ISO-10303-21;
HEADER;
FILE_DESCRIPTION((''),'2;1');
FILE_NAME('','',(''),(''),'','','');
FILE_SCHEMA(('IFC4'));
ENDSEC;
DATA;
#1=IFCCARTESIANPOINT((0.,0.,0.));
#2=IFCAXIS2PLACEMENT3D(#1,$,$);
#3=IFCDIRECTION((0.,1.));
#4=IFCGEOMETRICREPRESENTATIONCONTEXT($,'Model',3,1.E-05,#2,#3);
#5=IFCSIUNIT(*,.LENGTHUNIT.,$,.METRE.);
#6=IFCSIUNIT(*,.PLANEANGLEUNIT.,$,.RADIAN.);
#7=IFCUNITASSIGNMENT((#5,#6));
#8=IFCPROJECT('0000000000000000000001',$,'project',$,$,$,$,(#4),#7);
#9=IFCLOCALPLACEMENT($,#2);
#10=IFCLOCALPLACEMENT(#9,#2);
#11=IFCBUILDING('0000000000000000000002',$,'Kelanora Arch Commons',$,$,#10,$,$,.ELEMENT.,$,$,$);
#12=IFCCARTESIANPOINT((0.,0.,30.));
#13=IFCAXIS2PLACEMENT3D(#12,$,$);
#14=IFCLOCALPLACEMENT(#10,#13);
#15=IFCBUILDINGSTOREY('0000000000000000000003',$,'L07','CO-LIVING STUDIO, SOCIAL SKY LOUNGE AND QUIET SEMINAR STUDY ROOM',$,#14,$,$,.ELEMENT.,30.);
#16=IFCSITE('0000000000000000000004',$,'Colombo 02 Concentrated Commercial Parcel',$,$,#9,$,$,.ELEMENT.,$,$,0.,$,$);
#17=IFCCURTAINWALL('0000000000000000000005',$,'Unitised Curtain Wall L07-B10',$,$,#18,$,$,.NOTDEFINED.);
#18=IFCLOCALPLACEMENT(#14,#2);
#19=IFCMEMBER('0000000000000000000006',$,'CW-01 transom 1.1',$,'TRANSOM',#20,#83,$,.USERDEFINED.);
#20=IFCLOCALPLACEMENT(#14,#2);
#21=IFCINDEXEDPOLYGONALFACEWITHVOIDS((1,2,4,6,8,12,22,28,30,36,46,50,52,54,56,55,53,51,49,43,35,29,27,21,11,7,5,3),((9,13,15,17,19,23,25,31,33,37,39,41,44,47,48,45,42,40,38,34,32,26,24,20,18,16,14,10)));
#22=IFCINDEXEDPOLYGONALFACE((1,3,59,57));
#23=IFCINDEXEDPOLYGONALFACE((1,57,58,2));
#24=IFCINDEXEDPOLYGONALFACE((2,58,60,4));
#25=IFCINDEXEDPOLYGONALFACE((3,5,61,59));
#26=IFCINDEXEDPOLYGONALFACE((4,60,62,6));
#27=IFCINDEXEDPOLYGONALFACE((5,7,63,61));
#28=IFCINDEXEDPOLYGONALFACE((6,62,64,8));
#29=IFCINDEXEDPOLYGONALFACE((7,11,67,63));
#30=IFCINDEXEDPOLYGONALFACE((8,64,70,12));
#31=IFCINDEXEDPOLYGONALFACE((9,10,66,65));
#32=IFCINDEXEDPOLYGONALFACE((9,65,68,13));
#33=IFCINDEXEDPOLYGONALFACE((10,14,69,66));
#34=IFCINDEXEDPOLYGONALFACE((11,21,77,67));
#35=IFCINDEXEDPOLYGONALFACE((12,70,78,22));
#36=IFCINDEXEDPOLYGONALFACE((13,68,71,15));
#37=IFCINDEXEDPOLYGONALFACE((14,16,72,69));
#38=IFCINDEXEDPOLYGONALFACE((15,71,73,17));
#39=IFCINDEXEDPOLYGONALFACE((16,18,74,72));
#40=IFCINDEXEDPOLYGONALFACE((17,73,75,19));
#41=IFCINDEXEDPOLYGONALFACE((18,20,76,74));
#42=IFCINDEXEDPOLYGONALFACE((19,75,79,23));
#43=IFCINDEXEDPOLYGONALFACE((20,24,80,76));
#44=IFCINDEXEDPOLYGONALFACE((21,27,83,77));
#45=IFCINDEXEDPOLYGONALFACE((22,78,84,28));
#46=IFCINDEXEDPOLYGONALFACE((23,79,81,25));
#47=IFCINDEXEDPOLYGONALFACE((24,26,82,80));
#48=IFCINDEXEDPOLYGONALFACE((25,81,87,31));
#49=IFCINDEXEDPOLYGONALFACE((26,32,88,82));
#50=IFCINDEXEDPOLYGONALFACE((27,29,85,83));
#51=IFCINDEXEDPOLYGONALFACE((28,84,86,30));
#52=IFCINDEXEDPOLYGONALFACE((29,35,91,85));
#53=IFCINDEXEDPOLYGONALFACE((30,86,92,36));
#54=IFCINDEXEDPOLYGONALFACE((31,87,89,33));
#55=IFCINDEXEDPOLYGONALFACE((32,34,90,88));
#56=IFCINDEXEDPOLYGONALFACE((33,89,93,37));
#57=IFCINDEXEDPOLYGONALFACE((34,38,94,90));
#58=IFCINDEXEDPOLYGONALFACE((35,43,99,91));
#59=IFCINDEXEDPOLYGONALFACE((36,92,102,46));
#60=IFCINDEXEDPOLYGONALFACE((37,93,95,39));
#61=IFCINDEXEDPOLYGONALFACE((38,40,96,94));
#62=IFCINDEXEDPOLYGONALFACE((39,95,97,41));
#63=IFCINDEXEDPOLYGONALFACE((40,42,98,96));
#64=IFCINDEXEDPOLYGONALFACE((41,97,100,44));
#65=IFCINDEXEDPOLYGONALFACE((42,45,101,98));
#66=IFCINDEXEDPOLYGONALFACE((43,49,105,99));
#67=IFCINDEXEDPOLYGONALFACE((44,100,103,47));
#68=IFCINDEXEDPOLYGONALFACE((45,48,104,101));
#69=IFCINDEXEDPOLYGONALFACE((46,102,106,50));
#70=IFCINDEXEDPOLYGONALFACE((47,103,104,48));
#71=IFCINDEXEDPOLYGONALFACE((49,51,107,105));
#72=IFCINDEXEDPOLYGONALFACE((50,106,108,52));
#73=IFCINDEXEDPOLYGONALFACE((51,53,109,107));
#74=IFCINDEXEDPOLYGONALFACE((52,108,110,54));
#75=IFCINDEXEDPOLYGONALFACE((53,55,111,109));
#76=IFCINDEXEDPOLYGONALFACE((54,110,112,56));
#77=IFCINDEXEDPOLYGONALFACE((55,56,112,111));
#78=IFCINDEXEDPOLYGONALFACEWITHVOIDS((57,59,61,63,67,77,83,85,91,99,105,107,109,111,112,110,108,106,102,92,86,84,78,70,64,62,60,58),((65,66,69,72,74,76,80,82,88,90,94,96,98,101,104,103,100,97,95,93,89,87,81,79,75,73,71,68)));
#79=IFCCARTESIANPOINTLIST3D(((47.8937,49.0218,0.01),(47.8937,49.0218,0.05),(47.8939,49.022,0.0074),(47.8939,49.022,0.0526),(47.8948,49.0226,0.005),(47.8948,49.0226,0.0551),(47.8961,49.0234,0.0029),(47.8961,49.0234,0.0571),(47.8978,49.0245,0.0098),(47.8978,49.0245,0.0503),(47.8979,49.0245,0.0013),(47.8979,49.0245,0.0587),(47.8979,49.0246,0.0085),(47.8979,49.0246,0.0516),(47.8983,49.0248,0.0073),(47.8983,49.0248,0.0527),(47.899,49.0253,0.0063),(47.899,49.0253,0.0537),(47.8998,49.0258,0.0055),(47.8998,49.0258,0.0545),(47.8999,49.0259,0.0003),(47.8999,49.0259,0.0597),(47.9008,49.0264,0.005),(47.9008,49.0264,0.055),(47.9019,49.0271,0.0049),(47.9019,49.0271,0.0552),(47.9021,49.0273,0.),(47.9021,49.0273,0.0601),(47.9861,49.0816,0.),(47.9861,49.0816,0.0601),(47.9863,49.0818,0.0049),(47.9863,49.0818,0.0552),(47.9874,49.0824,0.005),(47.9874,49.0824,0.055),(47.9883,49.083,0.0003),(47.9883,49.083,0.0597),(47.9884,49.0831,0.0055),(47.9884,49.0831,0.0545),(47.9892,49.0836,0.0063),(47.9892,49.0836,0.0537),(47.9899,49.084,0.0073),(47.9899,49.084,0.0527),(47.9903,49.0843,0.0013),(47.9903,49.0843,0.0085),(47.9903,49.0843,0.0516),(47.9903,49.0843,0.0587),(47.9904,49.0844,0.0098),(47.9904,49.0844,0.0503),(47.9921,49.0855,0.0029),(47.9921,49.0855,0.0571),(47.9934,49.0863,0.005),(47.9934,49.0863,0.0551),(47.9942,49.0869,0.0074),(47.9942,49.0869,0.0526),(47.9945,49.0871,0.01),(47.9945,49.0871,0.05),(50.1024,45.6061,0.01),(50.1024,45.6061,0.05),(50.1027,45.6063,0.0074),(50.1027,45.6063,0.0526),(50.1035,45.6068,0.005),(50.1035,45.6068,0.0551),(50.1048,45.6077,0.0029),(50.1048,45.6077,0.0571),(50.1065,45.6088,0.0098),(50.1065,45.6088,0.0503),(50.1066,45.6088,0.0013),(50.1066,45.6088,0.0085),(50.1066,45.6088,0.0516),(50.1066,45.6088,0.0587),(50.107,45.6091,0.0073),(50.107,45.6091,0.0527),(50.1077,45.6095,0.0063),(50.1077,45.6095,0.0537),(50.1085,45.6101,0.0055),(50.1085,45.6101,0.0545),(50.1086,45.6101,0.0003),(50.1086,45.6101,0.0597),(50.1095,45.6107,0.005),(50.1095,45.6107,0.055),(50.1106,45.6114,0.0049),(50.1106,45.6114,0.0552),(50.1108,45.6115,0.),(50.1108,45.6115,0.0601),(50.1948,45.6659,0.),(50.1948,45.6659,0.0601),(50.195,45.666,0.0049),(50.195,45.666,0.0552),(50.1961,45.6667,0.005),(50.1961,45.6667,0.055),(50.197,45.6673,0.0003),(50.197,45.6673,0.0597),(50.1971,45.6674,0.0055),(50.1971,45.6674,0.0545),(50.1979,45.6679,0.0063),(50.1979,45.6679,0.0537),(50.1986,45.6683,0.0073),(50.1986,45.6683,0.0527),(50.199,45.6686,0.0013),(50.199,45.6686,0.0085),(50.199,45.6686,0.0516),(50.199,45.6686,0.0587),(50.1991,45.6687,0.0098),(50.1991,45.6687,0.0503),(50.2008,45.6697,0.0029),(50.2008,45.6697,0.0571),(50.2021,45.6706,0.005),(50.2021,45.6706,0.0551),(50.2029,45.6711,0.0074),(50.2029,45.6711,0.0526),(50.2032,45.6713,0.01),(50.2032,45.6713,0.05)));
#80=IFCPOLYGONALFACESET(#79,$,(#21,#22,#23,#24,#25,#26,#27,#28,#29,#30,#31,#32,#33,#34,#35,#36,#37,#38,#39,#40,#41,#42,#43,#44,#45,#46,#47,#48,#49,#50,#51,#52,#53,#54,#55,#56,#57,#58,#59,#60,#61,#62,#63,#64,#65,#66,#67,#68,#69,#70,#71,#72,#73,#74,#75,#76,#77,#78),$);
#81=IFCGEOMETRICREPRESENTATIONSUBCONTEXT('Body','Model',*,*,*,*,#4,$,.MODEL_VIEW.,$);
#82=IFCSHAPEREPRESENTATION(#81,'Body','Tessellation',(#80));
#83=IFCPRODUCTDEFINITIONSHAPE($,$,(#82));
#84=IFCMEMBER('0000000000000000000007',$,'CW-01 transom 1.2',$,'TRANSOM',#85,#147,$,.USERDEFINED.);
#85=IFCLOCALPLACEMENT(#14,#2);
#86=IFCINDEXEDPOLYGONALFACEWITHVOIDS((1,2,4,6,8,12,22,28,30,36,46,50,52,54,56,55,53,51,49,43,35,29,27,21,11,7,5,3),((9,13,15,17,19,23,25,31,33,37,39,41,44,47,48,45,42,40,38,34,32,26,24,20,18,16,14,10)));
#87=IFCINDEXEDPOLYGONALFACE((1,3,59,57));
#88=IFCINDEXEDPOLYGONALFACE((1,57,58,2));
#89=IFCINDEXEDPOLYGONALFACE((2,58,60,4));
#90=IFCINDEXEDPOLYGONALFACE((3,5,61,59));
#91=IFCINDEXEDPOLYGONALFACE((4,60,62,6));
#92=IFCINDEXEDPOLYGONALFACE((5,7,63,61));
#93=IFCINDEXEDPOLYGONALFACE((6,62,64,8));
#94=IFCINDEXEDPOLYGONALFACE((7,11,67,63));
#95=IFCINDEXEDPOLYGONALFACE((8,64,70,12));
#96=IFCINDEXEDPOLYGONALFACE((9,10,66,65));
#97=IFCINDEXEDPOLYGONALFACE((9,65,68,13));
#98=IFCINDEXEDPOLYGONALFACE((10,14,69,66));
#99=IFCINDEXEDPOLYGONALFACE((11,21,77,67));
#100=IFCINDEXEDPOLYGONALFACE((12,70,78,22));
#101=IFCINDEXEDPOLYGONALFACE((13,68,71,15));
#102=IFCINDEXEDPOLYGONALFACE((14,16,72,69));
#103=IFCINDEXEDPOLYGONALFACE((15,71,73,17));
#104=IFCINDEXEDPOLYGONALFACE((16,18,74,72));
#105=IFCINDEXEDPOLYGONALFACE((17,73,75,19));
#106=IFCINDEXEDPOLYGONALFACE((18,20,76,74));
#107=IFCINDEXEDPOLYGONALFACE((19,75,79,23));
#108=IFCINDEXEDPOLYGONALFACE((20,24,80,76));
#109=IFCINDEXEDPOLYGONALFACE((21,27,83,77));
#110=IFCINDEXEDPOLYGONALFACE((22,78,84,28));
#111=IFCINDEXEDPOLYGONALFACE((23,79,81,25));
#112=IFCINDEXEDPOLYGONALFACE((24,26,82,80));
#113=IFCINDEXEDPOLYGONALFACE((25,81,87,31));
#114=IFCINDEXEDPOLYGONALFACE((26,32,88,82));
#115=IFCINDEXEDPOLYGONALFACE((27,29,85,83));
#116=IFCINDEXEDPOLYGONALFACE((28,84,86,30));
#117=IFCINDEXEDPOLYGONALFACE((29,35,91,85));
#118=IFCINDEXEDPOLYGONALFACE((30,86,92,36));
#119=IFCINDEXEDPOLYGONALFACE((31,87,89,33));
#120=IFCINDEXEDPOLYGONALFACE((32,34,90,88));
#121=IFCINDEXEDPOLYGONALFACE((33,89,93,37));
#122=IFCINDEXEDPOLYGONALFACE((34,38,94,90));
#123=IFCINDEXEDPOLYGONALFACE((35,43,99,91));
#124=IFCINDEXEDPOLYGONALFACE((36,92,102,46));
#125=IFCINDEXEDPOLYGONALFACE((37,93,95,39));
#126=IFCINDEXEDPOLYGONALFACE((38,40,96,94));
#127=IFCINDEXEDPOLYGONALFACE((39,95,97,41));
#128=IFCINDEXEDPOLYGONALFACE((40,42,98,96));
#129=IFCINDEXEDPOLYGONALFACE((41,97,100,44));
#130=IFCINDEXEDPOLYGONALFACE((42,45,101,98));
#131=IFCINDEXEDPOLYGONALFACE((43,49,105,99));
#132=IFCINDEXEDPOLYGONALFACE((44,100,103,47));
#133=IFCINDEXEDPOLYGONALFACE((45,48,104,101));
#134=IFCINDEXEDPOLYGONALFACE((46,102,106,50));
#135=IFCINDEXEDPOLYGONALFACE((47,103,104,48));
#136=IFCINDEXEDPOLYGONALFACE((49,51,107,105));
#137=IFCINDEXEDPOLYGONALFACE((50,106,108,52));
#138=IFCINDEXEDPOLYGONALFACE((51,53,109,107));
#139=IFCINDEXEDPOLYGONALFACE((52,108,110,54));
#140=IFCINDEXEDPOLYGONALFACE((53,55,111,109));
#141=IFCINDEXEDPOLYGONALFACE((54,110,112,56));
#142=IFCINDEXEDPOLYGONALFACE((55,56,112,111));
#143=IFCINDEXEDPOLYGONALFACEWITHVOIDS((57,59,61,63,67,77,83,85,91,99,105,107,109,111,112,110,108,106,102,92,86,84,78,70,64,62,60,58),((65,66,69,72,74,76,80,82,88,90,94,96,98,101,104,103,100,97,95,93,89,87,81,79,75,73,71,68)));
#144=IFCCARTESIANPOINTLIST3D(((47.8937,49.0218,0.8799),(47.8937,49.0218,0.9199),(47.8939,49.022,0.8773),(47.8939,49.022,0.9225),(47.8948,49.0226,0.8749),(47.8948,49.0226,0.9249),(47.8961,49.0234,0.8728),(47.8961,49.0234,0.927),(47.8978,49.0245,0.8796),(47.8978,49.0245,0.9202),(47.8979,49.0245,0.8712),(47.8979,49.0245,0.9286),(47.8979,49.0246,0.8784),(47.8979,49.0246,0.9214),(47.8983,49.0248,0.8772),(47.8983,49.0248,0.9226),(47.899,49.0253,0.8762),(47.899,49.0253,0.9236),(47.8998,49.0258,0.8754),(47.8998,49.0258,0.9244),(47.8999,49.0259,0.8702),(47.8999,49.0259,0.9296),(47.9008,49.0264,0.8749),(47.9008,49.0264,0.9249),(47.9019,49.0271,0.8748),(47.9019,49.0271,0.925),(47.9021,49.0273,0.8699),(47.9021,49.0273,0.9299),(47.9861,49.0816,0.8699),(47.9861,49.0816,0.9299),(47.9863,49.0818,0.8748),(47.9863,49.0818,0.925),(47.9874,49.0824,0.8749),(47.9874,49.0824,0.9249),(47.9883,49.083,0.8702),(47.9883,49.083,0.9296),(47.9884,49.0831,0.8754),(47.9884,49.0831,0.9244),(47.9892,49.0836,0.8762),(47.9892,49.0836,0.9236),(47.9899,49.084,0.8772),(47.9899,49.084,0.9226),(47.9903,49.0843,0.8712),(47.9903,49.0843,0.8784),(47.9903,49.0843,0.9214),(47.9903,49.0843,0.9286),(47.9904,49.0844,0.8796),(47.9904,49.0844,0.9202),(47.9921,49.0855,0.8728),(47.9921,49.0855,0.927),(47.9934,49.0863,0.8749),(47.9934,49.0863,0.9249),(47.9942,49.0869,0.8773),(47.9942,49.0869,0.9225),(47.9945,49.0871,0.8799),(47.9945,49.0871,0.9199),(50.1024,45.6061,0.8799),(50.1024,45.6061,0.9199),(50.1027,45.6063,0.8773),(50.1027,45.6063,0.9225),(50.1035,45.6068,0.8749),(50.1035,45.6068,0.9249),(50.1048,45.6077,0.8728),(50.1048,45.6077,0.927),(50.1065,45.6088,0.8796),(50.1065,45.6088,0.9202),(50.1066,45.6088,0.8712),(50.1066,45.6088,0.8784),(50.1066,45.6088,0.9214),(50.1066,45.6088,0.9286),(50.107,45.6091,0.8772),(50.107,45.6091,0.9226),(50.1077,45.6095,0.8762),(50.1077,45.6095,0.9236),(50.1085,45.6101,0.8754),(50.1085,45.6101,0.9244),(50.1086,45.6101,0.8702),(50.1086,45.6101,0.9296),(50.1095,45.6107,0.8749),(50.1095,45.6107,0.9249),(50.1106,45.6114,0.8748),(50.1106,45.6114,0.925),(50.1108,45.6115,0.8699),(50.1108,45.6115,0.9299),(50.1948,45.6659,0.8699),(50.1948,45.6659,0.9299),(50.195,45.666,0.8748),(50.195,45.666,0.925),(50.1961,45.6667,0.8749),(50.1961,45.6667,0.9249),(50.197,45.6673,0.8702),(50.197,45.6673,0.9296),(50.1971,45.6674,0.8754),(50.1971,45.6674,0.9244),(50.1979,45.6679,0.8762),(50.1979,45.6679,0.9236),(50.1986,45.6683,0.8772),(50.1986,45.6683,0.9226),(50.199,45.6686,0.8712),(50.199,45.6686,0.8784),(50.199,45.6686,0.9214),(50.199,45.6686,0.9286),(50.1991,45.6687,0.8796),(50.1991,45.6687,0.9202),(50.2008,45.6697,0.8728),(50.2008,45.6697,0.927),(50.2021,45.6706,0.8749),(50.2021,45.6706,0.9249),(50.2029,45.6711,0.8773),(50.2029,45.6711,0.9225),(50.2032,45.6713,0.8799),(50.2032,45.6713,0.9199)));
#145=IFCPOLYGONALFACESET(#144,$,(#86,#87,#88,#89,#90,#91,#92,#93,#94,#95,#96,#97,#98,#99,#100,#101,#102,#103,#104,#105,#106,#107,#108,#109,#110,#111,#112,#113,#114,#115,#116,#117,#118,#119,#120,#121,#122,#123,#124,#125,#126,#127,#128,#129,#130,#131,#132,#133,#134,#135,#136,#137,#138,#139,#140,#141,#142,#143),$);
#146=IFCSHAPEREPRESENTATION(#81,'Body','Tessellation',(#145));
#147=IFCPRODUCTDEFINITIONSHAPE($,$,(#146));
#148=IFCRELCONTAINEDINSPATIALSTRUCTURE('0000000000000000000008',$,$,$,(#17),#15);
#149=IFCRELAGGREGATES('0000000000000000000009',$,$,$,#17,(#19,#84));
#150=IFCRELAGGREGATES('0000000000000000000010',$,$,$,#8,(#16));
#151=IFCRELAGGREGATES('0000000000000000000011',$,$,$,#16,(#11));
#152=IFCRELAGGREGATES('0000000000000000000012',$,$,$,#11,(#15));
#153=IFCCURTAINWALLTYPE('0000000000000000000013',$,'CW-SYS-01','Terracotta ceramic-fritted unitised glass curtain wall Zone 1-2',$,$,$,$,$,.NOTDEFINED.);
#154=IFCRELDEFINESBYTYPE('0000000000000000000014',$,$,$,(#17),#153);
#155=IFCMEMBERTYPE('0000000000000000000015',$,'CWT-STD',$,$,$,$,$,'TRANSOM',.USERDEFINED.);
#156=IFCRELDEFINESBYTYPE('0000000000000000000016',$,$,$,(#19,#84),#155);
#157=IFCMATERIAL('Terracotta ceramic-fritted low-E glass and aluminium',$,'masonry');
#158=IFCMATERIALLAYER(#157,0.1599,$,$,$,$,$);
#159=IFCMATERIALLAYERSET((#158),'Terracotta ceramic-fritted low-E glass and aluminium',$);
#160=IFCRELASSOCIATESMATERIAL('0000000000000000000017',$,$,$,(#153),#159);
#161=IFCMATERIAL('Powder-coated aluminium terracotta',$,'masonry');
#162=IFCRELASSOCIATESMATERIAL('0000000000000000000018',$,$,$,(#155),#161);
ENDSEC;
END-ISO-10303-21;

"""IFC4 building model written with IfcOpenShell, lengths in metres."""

from ifc_helpers import new_model, si_unit, direction, frame, origin, origin_2d, place, context, subcontext, project, spatial, hollow_rectangle, extrude, material, layer, layer_set, material_profile, profile_set, type_object, element, aggregate, save


model = new_model("IFC4")

# Units and contexts
model_context = context("Model", 3, precision=1e-05, world=origin(), true_north=direction((0.0, 1.0)))
body_context = subcontext(model_context, "Body", "Model", "MODEL_VIEW")
ifc_project = project(units=[si_unit("LENGTHUNIT", "METRE"), si_unit("PLANEANGLEUNIT", "RADIAN")], contexts=[model_context])

# Site, building, storey
site_placement = place(None, origin())
site = spatial("IfcSite", under=ifc_project, at=site_placement, Name="Colombo 02 Concentrated Commercial Parcel", CompositionType="ELEMENT", RefElevation=0.0)
building_placement = place(site_placement, origin())
building = spatial("IfcBuilding", under=site, at=building_placement, Name="Kelanora Arch Commons", CompositionType="ELEMENT")
storey_placement = place(building_placement, frame((0.0, 0.0, 30.0)))
storey = spatial("IfcBuildingStorey", under=building, at=storey_placement, Name="L07", Description="CO-LIVING STUDIO, SOCIAL SKY LOUNGE AND QUIET SEMINAR STUDY ROOM", CompositionType="ELEMENT", Elevation=30.0)

# Shared definitions
ifc_material_1 = material(Name="Terracotta ceramic-fritted low-E glass and aluminium", Category="masonry")
ifc_layer_1 = layer(ifc_material_1, 0.1599)
ifc_layer_set_1 = layer_set([ifc_layer_1], Name="Terracotta ceramic-fritted low-E glass and aluminium")
curtain_wall_type = type_object("IfcCurtainWallType", Name="CW-SYS-01", Description="Terracotta ceramic-fritted unitised glass curtain wall Zone 1-2", PredefinedType="NOTDEFINED", material=ifc_layer_set_1)
ifc_material_2 = material(Name="Powder-coated aluminium terracotta", Category="masonry")

# Curtain wall, members
curtain_wall_1_placement = place(storey_placement, origin())
curtain_wall_1 = element("IfcCurtainWall", 1, at=curtain_wall_1_placement, inside=storey, type_object=curtain_wall_type, Name="Unitised Curtain Wall L07-B10", PredefinedType="NOTDEFINED")
ifc_material_profile_1 = material_profile(ifc_material_2, hollow_rectangle(XDim=0.1201, YDim=0.0601, WallThickness=0.0049, InnerFilletRadius=0.0049, OuterFilletRadius=0.01, at=origin_2d()), Name="CWT120x60")
ifc_profile_set_1 = profile_set([ifc_material_profile_1], Name="Powder-coated aluminium terracotta")
member_type_1 = type_object("IfcMemberType", Name="CWT-STD", ElementType="TRANSOM", PredefinedType="USERDEFINED", material=ifc_profile_set_1)
member_1_placement = place(storey_placement, frame((47.9441, 49.0544, 0.03), z_axis=(0.542997, -0.839734, 0.0), x_axis=(0.839734, 0.542997, 0.0)))
member_1 = element("IfcMember", 2, at=member_1_placement, type_object=member_type_1, Name="CW-01 transom 1.1", ObjectType="TRANSOM", PredefinedType="USERDEFINED", context=body_context, shape_type="SweptSolid", body=[
    extrude(hollow_rectangle(XDim=0.1201, YDim=0.0601, WallThickness=0.0049, InnerFilletRadius=0.0049, OuterFilletRadius=0.01, at=origin_2d()), origin(), (0.0, 0.0, 1.0), 4.0676),
])
member_2_placement = place(storey_placement, frame((47.9441, 49.0544, 0.8999), z_axis=(0.542997, -0.839734, 0.0), x_axis=(0.839734, 0.542997, 0.0)))
member_2 = element("IfcMember", 3, at=member_2_placement, type_object=member_type_1, Name="CW-01 transom 1.2", ObjectType="TRANSOM", PredefinedType="USERDEFINED", context=body_context, shape_type="SweptSolid", body=[
    extrude(hollow_rectangle(XDim=0.1201, YDim=0.0601, WallThickness=0.0049, InnerFilletRadius=0.0049, OuterFilletRadius=0.01, at=origin_2d()), origin(), (0.0, 0.0, 1.0), 4.0676),
])

aggregate(curtain_wall_1, [member_1, member_2])

save(model, "model.ifc")
